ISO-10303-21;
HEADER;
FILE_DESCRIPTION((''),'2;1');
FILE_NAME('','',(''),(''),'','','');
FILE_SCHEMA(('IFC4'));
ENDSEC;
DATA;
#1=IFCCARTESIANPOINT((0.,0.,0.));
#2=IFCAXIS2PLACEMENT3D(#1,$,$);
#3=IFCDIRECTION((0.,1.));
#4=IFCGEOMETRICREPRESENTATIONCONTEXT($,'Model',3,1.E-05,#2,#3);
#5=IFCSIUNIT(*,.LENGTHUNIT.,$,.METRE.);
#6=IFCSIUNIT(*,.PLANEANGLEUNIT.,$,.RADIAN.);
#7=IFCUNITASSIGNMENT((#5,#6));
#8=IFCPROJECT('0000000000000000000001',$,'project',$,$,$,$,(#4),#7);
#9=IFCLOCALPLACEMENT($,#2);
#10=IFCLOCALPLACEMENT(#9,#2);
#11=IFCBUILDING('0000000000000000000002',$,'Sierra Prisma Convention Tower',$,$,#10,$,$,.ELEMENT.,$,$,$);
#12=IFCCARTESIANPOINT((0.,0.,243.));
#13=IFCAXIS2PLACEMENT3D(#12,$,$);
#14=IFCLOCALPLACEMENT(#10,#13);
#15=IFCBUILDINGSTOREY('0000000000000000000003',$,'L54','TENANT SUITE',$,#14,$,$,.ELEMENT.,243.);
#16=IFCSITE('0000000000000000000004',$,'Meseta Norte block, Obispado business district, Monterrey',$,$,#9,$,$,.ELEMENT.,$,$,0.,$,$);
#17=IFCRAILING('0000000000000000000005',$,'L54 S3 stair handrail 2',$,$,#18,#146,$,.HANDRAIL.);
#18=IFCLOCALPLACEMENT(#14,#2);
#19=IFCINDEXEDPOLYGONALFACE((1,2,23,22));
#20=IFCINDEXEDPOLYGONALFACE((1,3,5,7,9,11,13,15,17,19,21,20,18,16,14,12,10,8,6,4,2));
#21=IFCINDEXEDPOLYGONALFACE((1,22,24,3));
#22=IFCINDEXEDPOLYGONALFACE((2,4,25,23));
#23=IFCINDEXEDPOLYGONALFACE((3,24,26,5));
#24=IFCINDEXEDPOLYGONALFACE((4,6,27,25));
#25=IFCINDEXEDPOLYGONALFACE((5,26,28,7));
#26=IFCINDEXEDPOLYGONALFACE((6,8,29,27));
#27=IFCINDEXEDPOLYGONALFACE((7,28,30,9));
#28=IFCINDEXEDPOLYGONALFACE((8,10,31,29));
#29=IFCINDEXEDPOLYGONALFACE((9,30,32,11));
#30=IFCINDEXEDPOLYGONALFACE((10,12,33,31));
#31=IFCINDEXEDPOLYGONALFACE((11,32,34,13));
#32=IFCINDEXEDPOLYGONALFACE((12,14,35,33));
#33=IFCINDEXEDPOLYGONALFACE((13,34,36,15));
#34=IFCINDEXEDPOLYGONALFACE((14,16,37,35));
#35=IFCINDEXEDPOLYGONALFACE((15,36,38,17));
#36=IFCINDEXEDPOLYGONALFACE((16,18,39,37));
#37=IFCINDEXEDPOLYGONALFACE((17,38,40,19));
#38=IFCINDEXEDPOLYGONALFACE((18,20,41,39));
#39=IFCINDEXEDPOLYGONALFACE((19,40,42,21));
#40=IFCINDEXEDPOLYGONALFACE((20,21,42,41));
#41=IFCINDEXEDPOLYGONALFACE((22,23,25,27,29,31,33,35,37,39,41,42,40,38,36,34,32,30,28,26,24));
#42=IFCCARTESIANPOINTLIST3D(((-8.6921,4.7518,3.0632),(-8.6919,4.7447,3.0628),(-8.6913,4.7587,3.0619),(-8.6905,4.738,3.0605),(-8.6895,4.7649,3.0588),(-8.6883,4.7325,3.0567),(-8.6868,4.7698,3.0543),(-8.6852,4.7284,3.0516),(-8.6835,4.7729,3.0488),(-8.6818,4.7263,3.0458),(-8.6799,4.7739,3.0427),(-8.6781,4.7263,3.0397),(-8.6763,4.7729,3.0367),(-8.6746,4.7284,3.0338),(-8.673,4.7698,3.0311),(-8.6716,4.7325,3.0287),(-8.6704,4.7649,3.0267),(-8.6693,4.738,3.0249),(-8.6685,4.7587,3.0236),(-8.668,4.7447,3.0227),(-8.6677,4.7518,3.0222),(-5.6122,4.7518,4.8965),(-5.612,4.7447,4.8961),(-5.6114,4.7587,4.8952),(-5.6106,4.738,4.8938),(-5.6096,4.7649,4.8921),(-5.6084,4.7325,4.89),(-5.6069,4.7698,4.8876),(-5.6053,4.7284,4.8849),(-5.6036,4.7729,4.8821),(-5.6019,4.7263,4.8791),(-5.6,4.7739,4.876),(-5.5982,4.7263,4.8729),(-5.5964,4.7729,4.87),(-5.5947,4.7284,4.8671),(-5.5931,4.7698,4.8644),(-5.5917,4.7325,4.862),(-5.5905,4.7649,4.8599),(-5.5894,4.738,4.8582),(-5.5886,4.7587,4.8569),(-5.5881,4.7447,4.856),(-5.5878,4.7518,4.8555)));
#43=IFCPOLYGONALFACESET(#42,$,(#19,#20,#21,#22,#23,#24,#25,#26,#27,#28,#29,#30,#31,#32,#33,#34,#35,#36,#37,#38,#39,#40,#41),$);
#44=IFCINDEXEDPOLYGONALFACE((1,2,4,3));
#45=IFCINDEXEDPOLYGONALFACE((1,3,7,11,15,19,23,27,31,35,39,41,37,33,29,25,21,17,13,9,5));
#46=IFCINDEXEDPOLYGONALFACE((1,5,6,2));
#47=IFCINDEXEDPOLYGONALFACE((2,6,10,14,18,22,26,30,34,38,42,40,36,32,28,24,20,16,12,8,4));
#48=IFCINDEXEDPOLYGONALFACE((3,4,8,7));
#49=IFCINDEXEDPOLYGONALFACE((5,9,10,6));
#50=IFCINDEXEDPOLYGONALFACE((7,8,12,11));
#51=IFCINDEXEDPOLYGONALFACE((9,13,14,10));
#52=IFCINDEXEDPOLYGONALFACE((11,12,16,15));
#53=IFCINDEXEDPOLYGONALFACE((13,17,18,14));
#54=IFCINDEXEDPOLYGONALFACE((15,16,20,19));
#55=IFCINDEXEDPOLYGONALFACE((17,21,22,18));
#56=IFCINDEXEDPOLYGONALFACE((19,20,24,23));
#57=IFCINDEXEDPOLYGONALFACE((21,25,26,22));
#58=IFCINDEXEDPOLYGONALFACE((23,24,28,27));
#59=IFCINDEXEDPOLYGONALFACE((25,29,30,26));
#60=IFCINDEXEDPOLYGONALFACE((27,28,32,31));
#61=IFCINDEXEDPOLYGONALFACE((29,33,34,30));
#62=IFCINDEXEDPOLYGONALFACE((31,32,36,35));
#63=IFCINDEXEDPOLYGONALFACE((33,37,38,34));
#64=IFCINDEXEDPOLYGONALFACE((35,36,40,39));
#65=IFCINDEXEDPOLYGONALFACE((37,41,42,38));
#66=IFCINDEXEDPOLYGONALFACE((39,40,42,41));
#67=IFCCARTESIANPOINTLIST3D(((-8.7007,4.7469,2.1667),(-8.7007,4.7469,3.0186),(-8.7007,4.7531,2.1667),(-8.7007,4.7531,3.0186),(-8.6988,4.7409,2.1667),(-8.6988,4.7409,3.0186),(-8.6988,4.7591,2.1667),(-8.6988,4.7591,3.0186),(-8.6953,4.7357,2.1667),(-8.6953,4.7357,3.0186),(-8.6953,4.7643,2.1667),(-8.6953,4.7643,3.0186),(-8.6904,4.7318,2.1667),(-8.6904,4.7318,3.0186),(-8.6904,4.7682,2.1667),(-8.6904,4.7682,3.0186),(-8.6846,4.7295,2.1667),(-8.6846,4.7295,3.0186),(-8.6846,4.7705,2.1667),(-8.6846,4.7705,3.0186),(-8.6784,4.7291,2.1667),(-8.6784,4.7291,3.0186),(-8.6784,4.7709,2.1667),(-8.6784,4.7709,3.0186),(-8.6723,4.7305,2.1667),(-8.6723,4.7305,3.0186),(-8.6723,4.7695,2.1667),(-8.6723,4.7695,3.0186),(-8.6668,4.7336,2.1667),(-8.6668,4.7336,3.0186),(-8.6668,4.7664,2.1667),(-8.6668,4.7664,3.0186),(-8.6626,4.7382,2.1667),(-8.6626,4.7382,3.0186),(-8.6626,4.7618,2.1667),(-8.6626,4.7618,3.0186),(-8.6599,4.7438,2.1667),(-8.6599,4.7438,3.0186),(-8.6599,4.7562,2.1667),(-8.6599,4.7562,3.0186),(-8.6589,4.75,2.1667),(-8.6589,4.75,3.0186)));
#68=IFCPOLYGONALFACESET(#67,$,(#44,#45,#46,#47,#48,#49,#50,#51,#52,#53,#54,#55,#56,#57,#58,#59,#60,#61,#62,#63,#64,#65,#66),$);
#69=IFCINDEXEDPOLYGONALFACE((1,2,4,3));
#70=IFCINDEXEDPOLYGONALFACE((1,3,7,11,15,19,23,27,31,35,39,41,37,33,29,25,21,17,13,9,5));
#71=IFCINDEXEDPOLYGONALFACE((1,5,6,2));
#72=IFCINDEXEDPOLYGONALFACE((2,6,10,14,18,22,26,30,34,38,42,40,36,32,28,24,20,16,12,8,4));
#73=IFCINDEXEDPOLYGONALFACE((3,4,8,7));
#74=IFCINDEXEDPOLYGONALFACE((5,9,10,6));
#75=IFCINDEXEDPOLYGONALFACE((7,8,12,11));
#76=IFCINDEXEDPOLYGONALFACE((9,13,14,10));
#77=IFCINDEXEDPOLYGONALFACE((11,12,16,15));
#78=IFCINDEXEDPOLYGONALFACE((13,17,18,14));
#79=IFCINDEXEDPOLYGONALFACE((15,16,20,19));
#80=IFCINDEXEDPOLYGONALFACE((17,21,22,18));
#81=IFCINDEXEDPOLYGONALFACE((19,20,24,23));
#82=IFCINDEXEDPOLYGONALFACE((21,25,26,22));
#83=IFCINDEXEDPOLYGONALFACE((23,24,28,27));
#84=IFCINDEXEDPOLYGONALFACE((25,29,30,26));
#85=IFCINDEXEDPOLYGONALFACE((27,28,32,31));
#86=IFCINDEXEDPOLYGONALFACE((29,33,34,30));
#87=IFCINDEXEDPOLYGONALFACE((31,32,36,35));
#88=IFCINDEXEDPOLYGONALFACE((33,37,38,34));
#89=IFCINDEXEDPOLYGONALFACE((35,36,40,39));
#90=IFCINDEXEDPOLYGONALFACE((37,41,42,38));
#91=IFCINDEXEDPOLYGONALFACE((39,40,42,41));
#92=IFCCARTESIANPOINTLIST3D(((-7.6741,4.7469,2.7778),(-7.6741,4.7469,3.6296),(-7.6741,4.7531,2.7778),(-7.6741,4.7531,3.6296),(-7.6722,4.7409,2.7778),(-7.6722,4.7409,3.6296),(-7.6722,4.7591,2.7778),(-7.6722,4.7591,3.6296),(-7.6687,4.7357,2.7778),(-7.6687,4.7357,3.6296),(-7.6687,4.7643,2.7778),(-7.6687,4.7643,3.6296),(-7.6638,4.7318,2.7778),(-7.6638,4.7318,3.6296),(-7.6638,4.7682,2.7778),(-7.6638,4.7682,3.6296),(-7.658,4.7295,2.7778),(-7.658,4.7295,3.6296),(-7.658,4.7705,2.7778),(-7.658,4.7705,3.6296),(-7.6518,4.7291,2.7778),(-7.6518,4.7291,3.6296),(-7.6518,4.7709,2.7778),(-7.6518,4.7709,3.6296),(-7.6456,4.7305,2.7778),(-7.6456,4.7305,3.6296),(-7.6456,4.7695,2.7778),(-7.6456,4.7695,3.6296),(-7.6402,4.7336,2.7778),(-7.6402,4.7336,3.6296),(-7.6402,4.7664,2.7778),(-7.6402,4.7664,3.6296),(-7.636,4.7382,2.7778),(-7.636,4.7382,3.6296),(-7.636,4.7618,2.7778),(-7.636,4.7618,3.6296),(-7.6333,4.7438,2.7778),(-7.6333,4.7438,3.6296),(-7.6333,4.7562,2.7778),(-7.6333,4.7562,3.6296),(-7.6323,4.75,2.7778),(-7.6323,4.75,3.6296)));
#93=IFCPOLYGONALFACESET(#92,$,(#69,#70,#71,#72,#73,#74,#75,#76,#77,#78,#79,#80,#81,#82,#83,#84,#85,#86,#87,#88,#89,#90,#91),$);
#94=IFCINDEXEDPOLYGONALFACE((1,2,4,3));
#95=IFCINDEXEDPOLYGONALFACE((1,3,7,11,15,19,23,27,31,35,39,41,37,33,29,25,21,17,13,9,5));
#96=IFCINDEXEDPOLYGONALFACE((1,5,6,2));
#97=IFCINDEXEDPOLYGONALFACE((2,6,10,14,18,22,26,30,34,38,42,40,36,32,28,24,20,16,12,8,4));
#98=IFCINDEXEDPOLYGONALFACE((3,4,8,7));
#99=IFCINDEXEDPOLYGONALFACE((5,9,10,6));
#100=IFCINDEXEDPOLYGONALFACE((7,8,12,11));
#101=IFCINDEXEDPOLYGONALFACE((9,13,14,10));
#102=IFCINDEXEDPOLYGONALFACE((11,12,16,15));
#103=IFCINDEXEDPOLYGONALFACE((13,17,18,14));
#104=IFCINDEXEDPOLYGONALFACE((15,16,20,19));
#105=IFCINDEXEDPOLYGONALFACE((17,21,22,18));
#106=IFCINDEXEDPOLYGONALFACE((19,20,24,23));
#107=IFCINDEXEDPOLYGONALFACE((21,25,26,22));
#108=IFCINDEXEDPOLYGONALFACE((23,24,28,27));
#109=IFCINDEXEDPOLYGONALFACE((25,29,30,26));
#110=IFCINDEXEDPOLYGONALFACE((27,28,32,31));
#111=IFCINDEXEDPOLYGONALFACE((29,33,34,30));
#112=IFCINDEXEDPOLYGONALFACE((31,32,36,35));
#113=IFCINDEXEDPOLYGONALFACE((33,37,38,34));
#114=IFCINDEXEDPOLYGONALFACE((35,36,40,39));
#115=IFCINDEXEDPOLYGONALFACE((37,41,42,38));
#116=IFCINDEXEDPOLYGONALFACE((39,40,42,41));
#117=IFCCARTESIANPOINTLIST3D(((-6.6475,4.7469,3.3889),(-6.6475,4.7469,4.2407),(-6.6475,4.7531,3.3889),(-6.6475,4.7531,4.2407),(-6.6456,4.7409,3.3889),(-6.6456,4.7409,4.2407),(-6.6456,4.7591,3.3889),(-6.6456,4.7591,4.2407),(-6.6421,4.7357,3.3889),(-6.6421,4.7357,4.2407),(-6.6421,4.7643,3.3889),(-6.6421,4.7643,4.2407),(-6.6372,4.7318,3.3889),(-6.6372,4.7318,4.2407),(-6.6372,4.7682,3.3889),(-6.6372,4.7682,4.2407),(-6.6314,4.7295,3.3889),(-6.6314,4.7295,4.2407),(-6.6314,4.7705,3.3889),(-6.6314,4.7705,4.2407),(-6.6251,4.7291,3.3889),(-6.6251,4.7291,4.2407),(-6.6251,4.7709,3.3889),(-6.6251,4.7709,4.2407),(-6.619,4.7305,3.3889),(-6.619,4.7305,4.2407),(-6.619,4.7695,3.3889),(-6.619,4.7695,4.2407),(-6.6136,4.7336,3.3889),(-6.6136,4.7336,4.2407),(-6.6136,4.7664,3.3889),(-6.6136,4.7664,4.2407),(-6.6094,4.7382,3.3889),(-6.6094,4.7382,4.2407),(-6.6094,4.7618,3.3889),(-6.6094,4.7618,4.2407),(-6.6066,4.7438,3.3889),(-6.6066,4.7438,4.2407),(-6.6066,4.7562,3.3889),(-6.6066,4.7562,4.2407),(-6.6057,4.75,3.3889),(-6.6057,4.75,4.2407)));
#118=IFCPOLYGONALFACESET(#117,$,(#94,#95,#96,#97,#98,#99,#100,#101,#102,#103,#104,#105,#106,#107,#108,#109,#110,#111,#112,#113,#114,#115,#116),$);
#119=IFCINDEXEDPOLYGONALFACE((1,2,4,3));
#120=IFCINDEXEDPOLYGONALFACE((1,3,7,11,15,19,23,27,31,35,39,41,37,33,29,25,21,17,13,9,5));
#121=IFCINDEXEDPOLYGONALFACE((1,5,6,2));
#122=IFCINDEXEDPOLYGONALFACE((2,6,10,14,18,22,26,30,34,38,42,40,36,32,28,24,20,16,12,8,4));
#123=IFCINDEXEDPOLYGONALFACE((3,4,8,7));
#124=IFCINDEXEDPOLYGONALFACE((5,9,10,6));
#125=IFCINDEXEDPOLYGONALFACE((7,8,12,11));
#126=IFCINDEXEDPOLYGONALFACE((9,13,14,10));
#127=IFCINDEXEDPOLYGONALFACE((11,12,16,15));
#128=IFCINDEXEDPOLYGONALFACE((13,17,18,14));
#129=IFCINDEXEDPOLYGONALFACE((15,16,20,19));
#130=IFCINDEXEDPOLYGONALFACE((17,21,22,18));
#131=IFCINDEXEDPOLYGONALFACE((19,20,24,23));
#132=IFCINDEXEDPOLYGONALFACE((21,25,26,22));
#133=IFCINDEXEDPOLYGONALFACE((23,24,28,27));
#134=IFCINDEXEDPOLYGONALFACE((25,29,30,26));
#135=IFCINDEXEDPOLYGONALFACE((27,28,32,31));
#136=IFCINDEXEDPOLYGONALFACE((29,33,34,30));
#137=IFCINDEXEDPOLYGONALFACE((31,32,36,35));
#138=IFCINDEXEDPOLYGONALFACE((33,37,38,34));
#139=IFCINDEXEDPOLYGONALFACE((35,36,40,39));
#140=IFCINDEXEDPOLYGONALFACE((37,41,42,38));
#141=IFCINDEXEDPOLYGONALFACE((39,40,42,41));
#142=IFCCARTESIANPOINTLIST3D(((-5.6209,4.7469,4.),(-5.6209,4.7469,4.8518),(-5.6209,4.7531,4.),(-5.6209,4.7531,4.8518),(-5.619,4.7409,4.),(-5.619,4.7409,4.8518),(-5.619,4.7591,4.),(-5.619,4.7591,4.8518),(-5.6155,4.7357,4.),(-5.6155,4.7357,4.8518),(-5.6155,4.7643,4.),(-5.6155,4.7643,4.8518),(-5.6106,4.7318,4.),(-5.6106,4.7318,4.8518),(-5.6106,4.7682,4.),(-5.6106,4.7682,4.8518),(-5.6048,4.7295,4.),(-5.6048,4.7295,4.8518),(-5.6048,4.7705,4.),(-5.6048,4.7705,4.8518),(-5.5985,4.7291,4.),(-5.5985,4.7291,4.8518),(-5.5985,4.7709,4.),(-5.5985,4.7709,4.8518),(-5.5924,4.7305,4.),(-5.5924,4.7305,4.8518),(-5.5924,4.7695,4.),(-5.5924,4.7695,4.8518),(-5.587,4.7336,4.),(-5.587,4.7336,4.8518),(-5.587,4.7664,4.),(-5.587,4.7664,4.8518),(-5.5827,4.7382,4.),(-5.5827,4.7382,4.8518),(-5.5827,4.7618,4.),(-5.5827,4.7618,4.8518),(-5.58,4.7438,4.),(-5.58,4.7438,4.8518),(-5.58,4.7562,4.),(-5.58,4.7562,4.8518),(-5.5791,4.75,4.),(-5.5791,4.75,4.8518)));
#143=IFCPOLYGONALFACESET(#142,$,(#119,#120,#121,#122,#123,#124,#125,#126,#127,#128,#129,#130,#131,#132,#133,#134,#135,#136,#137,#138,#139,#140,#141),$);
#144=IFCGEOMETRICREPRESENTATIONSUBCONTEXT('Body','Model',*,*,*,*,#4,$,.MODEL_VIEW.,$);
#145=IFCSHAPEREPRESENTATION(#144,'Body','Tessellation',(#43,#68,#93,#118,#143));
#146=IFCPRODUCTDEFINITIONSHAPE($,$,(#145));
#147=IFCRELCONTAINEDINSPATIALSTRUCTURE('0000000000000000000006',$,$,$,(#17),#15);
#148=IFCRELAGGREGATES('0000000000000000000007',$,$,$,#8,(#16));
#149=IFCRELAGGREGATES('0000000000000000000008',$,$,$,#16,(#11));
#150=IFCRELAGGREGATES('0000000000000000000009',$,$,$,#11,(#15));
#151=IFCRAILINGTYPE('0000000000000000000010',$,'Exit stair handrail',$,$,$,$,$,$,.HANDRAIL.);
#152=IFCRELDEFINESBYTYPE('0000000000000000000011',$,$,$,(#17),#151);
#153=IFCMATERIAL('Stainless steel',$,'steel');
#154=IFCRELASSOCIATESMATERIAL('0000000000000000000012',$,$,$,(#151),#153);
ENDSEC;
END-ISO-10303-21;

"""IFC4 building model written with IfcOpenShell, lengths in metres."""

from ifc_helpers import new_model, si_unit, direction, frame, origin, origin_2d, place, context, subcontext, project, spatial, circle, extrude, material, type_object, element, save


model = new_model("IFC4")

# Units and contexts
model_context = context("Model", 3, precision=1e-05, world=origin(), true_north=direction((0.0, 1.0)))
body_context = subcontext(model_context, "Body", "Model", "MODEL_VIEW")
ifc_project = project(units=[si_unit("LENGTHUNIT", "METRE"), si_unit("PLANEANGLEUNIT", "RADIAN")], contexts=[model_context])

# Site, building, storey
site_placement = place(None, origin())
site = spatial("IfcSite", under=ifc_project, at=site_placement, Name="Meseta Norte block, Obispado business district, Monterrey", CompositionType="ELEMENT", RefElevation=0.0)
building_placement = place(site_placement, origin())
building = spatial("IfcBuilding", under=site, at=building_placement, Name="Sierra Prisma Convention Tower", CompositionType="ELEMENT")
storey_placement = place(building_placement, frame((0.0, 0.0, 243.0)))
storey = spatial("IfcBuildingStorey", under=building, at=storey_placement, Name="L54", Description="TENANT SUITE", CompositionType="ELEMENT", Elevation=243.0)

# Railing
ifc_material_1 = material(Name="Stainless steel", Category="steel")
railing_type_1 = type_object("IfcRailingType", Name="Exit stair handrail", PredefinedType="HANDRAIL", material=ifc_material_1)
railing_1_placement = place(storey_placement, frame((-8.6799, 4.75, 2.1667)))
element("IfcRailing", 1, at=railing_1_placement, inside=storey, type_object=railing_type_1, Name="L54 S3 stair handrail 2", PredefinedType="HANDRAIL", context=body_context, shape_type="SweptSolid", body=[
    extrude(circle(Radius=0.0239, at=origin_2d()), frame((0.0, 0.0, 0.876), z_axis=(0.859291, 0.0, 0.511487), x_axis=(0.0, 1.0, 0.0)), (0.0, 0.0, 1.0), 3.5842),
    extrude(circle(Radius=0.021, at=origin_2d()), origin(), (0.0, 0.0, 1.0), 0.8518),
    extrude(circle(Radius=0.021, at=origin_2d()), frame((1.0266, 0.0, 0.6111)), (0.0, 0.0, 1.0), 0.8518),
    extrude(circle(Radius=0.021, at=origin_2d()), frame((2.0532, 0.0, 1.2222)), (0.0, 0.0, 1.0), 0.8518),
    extrude(circle(Radius=0.021, at=origin_2d()), frame((3.0798, 0.0, 1.8333)), (0.0, 0.0, 1.0), 0.8518),
])

save(model, "model.ifc")
